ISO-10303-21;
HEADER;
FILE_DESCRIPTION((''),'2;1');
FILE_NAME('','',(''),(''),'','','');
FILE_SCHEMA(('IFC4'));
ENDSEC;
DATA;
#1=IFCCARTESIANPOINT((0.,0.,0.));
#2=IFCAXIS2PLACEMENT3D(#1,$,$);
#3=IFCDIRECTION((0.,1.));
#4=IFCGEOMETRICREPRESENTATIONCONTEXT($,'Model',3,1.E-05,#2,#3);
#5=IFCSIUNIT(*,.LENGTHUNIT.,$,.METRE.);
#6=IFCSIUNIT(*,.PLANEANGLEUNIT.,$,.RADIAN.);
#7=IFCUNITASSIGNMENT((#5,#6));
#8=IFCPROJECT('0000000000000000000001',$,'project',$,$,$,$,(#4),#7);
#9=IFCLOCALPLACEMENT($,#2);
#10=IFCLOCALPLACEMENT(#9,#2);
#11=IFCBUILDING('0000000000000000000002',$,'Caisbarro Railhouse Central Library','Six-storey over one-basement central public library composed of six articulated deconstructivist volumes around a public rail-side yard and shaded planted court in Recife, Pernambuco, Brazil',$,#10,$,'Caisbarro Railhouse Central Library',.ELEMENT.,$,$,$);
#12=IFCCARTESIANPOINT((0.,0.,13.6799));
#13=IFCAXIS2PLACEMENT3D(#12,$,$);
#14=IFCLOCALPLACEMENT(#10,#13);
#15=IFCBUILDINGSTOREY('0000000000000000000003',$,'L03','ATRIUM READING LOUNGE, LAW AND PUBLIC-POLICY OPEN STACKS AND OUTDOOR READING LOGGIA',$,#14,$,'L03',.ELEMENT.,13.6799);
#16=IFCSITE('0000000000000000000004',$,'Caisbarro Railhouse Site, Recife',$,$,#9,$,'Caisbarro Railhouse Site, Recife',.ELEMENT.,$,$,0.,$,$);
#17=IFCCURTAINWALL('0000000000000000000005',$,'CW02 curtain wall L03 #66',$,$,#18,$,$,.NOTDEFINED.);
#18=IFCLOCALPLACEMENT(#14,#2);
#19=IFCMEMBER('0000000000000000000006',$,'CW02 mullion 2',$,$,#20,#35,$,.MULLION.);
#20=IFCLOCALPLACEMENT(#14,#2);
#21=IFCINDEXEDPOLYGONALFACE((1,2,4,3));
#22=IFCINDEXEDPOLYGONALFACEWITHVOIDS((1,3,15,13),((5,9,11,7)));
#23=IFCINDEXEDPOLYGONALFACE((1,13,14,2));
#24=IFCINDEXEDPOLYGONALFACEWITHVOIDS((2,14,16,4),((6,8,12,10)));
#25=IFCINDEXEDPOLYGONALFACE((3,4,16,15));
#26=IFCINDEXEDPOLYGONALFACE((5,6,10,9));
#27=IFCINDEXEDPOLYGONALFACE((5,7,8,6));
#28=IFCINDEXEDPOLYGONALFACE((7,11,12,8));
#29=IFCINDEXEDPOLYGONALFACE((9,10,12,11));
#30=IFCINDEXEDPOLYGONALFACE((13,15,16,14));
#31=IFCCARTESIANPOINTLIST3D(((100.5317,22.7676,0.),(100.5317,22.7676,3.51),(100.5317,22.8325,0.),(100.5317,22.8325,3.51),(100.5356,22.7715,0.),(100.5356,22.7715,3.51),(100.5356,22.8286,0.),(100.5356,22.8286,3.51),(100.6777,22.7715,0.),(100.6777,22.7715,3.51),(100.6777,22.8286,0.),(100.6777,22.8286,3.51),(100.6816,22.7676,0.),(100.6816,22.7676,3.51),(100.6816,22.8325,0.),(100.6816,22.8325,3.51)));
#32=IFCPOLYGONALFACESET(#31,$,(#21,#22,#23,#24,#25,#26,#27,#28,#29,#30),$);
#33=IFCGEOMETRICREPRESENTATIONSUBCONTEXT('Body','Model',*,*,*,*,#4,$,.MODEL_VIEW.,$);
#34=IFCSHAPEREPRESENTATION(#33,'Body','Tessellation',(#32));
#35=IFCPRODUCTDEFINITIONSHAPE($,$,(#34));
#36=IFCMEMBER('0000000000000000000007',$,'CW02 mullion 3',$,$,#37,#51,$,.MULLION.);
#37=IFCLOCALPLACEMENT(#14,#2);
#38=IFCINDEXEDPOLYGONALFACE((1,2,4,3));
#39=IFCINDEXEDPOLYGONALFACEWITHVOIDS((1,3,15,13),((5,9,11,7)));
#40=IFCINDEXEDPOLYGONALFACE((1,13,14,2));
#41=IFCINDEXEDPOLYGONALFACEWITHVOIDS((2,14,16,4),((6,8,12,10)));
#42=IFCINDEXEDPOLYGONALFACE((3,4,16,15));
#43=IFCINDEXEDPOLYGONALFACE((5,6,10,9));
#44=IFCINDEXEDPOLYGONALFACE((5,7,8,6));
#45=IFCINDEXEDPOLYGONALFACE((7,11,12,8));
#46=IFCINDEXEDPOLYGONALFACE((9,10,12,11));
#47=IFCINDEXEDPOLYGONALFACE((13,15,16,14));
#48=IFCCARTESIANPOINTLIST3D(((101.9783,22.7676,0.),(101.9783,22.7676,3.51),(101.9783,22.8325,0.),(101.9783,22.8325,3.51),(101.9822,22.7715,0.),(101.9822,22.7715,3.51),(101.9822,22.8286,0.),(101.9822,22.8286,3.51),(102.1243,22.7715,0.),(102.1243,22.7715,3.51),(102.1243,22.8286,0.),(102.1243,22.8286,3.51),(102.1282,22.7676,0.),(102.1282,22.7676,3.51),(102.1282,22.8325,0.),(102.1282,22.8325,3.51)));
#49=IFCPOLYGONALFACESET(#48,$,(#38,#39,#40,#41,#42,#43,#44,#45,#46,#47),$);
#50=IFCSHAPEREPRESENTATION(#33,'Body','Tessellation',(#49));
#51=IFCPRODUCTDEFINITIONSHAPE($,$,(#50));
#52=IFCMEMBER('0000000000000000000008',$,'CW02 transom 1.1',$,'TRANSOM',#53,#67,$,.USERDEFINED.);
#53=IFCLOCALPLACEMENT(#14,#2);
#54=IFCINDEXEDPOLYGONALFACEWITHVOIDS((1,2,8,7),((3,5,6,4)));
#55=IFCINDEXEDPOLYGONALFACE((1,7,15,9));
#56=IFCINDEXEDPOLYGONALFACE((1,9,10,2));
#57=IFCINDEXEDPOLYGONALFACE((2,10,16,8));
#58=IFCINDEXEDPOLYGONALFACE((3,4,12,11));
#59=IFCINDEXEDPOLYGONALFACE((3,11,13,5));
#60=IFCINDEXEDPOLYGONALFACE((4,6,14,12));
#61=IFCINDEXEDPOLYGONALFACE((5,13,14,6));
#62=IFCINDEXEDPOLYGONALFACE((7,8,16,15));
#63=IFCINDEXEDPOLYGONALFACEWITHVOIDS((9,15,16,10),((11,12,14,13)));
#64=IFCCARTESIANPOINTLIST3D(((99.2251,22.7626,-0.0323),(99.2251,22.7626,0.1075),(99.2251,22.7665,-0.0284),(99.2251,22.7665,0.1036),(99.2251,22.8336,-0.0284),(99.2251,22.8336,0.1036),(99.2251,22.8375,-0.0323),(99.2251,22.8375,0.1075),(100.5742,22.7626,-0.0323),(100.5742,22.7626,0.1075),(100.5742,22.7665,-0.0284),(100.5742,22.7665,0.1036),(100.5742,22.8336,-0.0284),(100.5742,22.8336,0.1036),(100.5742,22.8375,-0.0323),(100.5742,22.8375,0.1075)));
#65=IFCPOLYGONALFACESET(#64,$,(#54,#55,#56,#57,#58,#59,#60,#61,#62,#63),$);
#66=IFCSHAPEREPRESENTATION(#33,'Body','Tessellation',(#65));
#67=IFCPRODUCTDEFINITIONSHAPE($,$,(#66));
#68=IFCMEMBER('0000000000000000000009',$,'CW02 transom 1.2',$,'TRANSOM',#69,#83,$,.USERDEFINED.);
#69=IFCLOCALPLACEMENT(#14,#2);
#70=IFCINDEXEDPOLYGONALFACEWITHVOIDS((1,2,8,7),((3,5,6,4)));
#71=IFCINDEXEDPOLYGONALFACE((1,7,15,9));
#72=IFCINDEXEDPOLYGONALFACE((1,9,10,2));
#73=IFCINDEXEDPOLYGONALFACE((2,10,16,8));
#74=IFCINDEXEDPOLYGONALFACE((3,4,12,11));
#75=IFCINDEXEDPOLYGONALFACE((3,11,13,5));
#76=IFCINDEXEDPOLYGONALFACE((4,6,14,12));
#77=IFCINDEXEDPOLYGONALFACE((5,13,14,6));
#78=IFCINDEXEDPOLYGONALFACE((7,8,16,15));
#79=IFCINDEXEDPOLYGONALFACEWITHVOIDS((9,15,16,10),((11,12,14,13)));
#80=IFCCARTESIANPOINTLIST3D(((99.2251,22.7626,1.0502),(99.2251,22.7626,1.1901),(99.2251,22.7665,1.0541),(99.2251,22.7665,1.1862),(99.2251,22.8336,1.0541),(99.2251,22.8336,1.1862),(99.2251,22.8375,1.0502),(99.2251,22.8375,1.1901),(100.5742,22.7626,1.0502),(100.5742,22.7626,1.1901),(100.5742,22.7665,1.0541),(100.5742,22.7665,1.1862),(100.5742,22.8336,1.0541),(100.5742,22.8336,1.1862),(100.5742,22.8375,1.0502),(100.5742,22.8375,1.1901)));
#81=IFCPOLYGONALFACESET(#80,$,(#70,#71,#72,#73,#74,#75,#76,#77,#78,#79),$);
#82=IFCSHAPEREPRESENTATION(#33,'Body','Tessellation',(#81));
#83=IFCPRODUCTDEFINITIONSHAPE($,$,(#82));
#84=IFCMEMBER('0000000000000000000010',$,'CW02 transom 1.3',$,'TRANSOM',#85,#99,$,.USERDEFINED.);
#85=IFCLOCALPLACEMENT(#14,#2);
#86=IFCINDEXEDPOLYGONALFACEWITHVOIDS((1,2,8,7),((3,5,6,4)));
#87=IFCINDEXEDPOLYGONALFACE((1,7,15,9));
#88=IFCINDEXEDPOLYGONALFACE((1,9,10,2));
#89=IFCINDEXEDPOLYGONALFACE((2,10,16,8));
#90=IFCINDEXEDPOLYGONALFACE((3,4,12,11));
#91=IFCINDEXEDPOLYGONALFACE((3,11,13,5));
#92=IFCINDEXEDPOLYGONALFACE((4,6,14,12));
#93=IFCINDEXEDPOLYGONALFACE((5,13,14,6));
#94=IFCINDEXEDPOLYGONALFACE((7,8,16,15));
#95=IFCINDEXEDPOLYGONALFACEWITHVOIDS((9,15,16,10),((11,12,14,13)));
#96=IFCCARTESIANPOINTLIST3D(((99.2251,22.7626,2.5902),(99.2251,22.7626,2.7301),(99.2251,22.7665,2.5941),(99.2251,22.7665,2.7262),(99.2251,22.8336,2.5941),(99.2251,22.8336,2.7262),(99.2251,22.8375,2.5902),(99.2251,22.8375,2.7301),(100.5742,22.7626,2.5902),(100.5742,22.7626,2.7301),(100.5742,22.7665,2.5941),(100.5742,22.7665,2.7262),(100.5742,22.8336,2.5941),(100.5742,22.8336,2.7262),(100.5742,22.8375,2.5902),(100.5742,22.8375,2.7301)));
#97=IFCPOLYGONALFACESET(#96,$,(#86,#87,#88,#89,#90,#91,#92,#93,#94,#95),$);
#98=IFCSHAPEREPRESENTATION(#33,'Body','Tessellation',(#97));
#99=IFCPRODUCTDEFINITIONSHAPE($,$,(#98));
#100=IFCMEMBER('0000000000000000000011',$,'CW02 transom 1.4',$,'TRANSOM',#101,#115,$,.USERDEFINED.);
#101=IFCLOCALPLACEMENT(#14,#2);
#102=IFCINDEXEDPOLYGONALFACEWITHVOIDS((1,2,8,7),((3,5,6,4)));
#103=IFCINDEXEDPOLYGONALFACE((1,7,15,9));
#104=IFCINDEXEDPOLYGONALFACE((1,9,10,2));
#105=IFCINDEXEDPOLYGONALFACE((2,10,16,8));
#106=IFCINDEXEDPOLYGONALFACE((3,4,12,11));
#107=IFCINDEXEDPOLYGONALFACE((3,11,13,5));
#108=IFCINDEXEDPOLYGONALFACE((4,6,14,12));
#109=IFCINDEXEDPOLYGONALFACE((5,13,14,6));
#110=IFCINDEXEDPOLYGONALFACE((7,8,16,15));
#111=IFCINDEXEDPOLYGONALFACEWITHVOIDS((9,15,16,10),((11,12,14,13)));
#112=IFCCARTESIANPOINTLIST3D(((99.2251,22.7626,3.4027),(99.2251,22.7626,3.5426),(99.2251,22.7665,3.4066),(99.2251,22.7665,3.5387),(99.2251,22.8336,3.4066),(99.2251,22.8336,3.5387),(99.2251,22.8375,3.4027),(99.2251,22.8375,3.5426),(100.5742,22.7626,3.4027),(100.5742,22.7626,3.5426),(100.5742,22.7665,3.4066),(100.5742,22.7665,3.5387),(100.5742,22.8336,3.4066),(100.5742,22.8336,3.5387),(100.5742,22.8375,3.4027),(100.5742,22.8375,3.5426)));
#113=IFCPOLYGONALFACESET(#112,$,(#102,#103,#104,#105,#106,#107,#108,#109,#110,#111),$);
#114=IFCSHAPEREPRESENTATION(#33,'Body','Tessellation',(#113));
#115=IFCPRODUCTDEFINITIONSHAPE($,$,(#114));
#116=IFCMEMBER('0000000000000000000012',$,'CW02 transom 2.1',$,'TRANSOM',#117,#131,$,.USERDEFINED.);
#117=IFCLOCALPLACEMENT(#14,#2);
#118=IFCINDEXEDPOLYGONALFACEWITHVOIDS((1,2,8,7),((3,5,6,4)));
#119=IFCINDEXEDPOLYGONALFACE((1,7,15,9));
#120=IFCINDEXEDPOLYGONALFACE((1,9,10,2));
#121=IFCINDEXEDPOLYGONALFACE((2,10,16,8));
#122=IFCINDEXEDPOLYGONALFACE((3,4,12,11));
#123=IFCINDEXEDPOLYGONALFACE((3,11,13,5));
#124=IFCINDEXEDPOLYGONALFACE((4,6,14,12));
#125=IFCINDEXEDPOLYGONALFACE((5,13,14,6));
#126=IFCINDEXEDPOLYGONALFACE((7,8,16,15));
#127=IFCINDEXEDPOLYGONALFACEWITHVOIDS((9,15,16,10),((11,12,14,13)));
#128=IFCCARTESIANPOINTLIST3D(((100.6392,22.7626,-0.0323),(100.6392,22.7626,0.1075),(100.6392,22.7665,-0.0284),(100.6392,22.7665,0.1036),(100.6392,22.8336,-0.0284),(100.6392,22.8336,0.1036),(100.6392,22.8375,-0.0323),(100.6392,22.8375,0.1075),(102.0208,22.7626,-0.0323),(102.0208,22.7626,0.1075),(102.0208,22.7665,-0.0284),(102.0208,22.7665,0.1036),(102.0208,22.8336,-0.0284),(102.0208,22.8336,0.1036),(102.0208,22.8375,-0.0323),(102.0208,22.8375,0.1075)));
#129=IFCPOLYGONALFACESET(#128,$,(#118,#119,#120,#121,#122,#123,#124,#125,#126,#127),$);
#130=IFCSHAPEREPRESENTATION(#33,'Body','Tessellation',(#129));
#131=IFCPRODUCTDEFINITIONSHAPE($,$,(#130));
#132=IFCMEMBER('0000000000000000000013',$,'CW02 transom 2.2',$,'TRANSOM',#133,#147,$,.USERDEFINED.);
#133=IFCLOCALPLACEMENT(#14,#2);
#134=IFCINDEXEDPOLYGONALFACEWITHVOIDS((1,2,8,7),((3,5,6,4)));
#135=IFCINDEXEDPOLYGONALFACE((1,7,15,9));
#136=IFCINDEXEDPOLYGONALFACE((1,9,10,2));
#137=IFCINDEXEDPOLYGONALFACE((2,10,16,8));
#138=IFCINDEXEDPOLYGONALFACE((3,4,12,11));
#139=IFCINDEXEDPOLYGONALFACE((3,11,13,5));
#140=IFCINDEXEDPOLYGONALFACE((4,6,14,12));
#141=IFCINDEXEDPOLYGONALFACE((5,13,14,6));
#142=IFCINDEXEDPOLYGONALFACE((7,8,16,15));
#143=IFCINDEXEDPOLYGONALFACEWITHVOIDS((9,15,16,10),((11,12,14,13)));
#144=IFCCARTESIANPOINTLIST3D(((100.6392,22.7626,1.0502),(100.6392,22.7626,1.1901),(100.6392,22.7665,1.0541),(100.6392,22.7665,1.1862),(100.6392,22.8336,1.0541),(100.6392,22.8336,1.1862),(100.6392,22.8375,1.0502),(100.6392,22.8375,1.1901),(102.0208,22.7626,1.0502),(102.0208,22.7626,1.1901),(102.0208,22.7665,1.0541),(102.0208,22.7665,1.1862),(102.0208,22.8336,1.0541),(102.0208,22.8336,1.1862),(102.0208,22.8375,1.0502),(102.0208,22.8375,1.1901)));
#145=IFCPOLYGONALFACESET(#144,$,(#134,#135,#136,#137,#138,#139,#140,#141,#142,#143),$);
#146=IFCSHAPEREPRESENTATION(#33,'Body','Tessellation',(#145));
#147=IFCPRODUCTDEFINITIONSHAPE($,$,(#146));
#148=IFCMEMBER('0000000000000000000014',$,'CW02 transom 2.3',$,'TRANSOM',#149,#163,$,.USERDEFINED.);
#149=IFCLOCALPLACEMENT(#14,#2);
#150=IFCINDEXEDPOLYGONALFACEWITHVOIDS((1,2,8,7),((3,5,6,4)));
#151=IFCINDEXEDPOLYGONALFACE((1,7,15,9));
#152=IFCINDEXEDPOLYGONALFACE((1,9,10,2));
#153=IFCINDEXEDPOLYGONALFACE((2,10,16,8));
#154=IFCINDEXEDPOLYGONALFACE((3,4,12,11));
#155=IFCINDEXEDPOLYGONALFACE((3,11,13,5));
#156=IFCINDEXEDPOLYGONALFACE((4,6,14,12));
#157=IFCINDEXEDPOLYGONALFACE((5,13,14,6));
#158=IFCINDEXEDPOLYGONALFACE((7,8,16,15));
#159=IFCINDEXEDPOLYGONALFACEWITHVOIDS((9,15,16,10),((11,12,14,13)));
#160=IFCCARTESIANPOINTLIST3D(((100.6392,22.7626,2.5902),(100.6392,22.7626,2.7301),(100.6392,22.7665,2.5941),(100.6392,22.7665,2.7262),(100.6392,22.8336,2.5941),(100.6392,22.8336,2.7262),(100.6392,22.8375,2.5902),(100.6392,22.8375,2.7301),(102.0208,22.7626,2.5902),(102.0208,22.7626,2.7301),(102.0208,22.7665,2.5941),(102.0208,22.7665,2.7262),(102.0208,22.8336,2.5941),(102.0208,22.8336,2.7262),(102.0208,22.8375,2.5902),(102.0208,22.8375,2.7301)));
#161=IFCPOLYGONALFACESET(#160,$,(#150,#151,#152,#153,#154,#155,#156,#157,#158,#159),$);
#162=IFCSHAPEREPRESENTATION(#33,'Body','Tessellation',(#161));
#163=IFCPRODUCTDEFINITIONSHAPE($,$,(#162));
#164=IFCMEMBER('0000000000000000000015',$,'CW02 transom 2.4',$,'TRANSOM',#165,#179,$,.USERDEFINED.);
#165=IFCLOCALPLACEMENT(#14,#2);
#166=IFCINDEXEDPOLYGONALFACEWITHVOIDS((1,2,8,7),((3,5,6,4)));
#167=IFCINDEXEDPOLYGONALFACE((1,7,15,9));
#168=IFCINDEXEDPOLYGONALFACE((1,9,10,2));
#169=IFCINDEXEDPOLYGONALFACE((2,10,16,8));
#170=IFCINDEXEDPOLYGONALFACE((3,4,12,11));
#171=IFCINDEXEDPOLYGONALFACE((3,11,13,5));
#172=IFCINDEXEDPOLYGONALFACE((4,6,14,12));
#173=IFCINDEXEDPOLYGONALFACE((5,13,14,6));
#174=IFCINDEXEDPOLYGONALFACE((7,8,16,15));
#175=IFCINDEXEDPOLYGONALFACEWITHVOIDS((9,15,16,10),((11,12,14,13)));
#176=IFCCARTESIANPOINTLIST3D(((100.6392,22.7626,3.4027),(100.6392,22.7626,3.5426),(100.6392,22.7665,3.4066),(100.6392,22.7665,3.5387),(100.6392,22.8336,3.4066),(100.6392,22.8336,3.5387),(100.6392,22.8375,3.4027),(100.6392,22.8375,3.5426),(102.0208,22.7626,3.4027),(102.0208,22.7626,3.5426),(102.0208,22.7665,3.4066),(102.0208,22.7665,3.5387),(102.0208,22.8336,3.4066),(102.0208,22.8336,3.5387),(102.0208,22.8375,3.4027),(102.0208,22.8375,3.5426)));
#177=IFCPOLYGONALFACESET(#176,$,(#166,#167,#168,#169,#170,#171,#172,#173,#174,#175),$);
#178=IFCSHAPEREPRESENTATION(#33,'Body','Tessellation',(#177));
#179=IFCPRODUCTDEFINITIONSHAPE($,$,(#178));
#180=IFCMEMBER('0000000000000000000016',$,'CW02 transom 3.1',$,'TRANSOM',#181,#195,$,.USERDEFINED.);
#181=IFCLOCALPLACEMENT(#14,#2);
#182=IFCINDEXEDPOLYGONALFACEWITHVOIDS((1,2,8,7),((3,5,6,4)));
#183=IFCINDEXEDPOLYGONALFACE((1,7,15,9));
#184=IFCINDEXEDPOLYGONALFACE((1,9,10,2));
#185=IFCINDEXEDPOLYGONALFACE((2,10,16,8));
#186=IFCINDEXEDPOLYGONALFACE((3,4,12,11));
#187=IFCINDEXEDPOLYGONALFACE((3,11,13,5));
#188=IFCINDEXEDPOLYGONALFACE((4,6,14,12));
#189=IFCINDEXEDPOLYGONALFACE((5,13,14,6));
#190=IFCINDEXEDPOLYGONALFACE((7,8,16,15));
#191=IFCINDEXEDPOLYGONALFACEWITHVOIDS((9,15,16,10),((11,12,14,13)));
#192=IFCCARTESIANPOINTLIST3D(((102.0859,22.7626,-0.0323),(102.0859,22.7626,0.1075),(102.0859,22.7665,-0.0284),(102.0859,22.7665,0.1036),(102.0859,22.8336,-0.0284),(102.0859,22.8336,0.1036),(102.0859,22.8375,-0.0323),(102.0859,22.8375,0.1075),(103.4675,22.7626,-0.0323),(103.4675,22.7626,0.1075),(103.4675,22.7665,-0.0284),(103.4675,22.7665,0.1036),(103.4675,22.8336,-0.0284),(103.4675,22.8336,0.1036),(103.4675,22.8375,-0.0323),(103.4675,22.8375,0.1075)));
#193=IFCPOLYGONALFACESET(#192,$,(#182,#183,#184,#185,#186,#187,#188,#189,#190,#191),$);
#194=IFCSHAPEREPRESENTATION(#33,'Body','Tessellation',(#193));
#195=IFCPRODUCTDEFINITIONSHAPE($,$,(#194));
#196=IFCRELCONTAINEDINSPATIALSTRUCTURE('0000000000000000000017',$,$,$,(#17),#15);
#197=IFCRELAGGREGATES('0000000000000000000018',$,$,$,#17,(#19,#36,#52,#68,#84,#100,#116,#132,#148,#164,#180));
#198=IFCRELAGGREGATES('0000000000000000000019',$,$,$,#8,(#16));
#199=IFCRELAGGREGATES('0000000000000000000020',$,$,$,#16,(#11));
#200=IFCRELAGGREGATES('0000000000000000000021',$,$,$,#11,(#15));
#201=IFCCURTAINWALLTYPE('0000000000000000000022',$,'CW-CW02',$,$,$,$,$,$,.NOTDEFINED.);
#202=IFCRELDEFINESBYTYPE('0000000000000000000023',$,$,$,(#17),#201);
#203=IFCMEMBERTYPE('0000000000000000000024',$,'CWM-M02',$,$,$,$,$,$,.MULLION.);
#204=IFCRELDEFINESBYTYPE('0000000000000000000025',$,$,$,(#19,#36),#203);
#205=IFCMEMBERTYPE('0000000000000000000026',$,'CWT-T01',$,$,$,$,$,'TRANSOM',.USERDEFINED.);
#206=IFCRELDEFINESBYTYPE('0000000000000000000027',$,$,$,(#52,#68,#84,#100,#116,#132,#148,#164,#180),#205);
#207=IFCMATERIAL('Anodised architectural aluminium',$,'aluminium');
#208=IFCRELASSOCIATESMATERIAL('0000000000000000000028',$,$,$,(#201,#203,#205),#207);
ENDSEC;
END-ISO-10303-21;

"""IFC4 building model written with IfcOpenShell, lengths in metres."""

from ifc_helpers import new_model, si_unit, direction, frame, origin, origin_2d, place, context, subcontext, project, spatial, hollow_rectangle, extrude, material, material_profile, profile_set, type_object, element, aggregate, save


model = new_model("IFC4")

# Units and contexts
model_context = context("Model", 3, precision=1e-05, world=origin(), true_north=direction((0.0, 1.0)))
body_context = subcontext(model_context, "Body", "Model", "MODEL_VIEW")
ifc_project = project(units=[si_unit("LENGTHUNIT", "METRE"), si_unit("PLANEANGLEUNIT", "RADIAN")], contexts=[model_context])

# Site, building, storey
site_placement = place(None, origin())
site = spatial("IfcSite", under=ifc_project, at=site_placement, Name="Caisbarro Railhouse Site, Recife", LongName="Caisbarro Railhouse Site, Recife", CompositionType="ELEMENT", RefElevation=0.0)
building_placement = place(site_placement, origin())
building = spatial("IfcBuilding", under=site, at=building_placement, Name="Caisbarro Railhouse Central Library", Description="Six-storey over one-basement central public library composed of six articulated deconstructivist volumes around a public rail-side yard and shaded planted court in Recife, Pernambuco, Brazil", LongName="Caisbarro Railhouse Central Library", CompositionType="ELEMENT")
storey_placement = place(building_placement, frame((0.0, 0.0, 13.6799)))
storey = spatial("IfcBuildingStorey", under=building, at=storey_placement, Name="L03", Description="ATRIUM READING LOUNGE, LAW AND PUBLIC-POLICY OPEN STACKS AND OUTDOOR READING LOGGIA", LongName="L03", CompositionType="ELEMENT", Elevation=13.6799)

# Shared definitions
ifc_material_1 = material(Name="Anodised architectural aluminium", Category="aluminium")
curtain_wall_type = type_object("IfcCurtainWallType", Name="CW-CW02", PredefinedType="NOTDEFINED", material=ifc_material_1)

# Curtain wall, members
curtain_wall_1_placement = place(storey_placement, origin())
curtain_wall_1 = element("IfcCurtainWall", 1, at=curtain_wall_1_placement, inside=storey, type_object=curtain_wall_type, Name="CW02 curtain wall L03 #66", PredefinedType="NOTDEFINED")
ifc_material_profile_1 = material_profile(ifc_material_1, hollow_rectangle(XDim=0.0649, YDim=0.1499, WallThickness=0.0039, at=origin_2d()), Name="ALU-MUL-65X150")
ifc_profile_set_1 = profile_set([ifc_material_profile_1], Name="Anodised architectural aluminium")
member_type_1 = type_object("IfcMemberType", Name="CWM-M02", PredefinedType="MULLION", material=ifc_profile_set_1)
member_1_placement = place(storey_placement, frame((100.6067, 22.8, 0.0), z_axis=(0.0, 0.0, 1.0), x_axis=(0.0, 1.0, 0.0)))
member_1 = element("IfcMember", 2, at=member_1_placement, type_object=member_type_1, Name="CW02 mullion 2", PredefinedType="MULLION", context=body_context, shape_type="SweptSolid", body=[
    extrude(hollow_rectangle(XDim=0.0649, YDim=0.1499, WallThickness=0.0039, at=origin_2d()), origin(), (0.0, 0.0, 1.0), 3.51),
])
member_2_placement = place(storey_placement, frame((102.0532, 22.8, 0.0), z_axis=(0.0, 0.0, 1.0), x_axis=(0.0, 1.0, 0.0)))
member_2 = element("IfcMember", 3, at=member_2_placement, type_object=member_type_1, Name="CW02 mullion 3", PredefinedType="MULLION", context=body_context, shape_type="SweptSolid", body=[
    extrude(hollow_rectangle(XDim=0.0649, YDim=0.1499, WallThickness=0.0039, at=origin_2d()), origin(), (0.0, 0.0, 1.0), 3.51),
])
ifc_material_profile_2 = material_profile(ifc_material_1, hollow_rectangle(XDim=0.075, YDim=0.1399, WallThickness=0.0039, at=origin_2d()), Name="ALU-TRN-75X140")
ifc_profile_set_2 = profile_set([ifc_material_profile_2], Name="Anodised architectural aluminium")
member_type_2 = type_object("IfcMemberType", Name="CWT-T01", ElementType="TRANSOM", PredefinedType="USERDEFINED", material=ifc_profile_set_2)
member_3_placement = place(storey_placement, frame((99.2251, 22.8, 0.0376), z_axis=(1.0, 0.0, 0.0), x_axis=(0.0, 1.0, 0.0)))
member_3 = element("IfcMember", 4, at=member_3_placement, type_object=member_type_2, Name="CW02 transom 1.1", ObjectType="TRANSOM", PredefinedType="USERDEFINED", context=body_context, shape_type="SweptSolid", body=[
    extrude(hollow_rectangle(XDim=0.075, YDim=0.1399, WallThickness=0.0039, at=origin_2d()), origin(), (0.0, 0.0, 1.0), 1.3491),
])
member_4_placement = place(storey_placement, frame((99.2251, 22.8, 1.1201), z_axis=(1.0, 0.0, 0.0), x_axis=(0.0, 1.0, 0.0)))
member_4 = element("IfcMember", 5, at=member_4_placement, type_object=member_type_2, Name="CW02 transom 1.2", ObjectType="TRANSOM", PredefinedType="USERDEFINED", context=body_context, shape_type="SweptSolid", body=[
    extrude(hollow_rectangle(XDim=0.075, YDim=0.1399, WallThickness=0.0039, at=origin_2d()), origin(), (0.0, 0.0, 1.0), 1.3491),
])
member_5_placement = place(storey_placement, frame((99.2251, 22.8, 2.6602), z_axis=(1.0, 0.0, 0.0), x_axis=(0.0, 1.0, 0.0)))
member_5 = element("IfcMember", 6, at=member_5_placement, type_object=member_type_2, Name="CW02 transom 1.3", ObjectType="TRANSOM", PredefinedType="USERDEFINED", context=body_context, shape_type="SweptSolid", body=[
    extrude(hollow_rectangle(XDim=0.075, YDim=0.1399, WallThickness=0.0039, at=origin_2d()), origin(), (0.0, 0.0, 1.0), 1.3491),
])
member_6_placement = place(storey_placement, frame((99.2251, 22.8, 3.4727), z_axis=(1.0, 0.0, 0.0), x_axis=(0.0, 1.0, 0.0)))
member_6 = element("IfcMember", 7, at=member_6_placement, type_object=member_type_2, Name="CW02 transom 1.4", ObjectType="TRANSOM", PredefinedType="USERDEFINED", context=body_context, shape_type="SweptSolid", body=[
    extrude(hollow_rectangle(XDim=0.075, YDim=0.1399, WallThickness=0.0039, at=origin_2d()), origin(), (0.0, 0.0, 1.0), 1.3491),
])
member_7_placement = place(storey_placement, frame((100.6392, 22.8, 0.0376), z_axis=(1.0, 0.0, 0.0), x_axis=(0.0, 1.0, 0.0)))
member_7 = element("IfcMember", 8, at=member_7_placement, type_object=member_type_2, Name="CW02 transom 2.1", ObjectType="TRANSOM", PredefinedType="USERDEFINED", context=body_context, shape_type="SweptSolid", body=[
    extrude(hollow_rectangle(XDim=0.075, YDim=0.1399, WallThickness=0.0039, at=origin_2d()), origin(), (0.0, 0.0, 1.0), 1.3816),
])
member_8_placement = place(storey_placement, frame((100.6392, 22.8, 1.1201), z_axis=(1.0, 0.0, 0.0), x_axis=(0.0, 1.0, 0.0)))
member_8 = element("IfcMember", 9, at=member_8_placement, type_object=member_type_2, Name="CW02 transom 2.2", ObjectType="TRANSOM", PredefinedType="USERDEFINED", context=body_context, shape_type="SweptSolid", body=[
    extrude(hollow_rectangle(XDim=0.075, YDim=0.1399, WallThickness=0.0039, at=origin_2d()), origin(), (0.0, 0.0, 1.0), 1.3816),
])
member_9_placement = place(storey_placement, frame((100.6392, 22.8, 2.6602), z_axis=(1.0, 0.0, 0.0), x_axis=(0.0, 1.0, 0.0)))
member_9 = element("IfcMember", 10, at=member_9_placement, type_object=member_type_2, Name="CW02 transom 2.3", ObjectType="TRANSOM", PredefinedType="USERDEFINED", context=body_context, shape_type="SweptSolid", body=[
    extrude(hollow_rectangle(XDim=0.075, YDim=0.1399, WallThickness=0.0039, at=origin_2d()), origin(), (0.0, 0.0, 1.0), 1.3816),
])
member_10_placement = place(storey_placement, frame((100.6392, 22.8, 3.4727), z_axis=(1.0, 0.0, 0.0), x_axis=(0.0, 1.0, 0.0)))
member_10 = element("IfcMember", 11, at=member_10_placement, type_object=member_type_2, Name="CW02 transom 2.4", ObjectType="TRANSOM", PredefinedType="USERDEFINED", context=body_context, shape_type="SweptSolid", body=[
    extrude(hollow_rectangle(XDim=0.075, YDim=0.1399, WallThickness=0.0039, at=origin_2d()), origin(), (0.0, 0.0, 1.0), 1.3816),
])
member_11_placement = place(storey_placement, frame((102.0859, 22.8, 0.0376), z_axis=(1.0, 0.0, 0.0), x_axis=(0.0, 1.0, 0.0)))
member_11 = element("IfcMember", 12, at=member_11_placement, type_object=member_type_2, Name="CW02 transom 3.1", ObjectType="TRANSOM", PredefinedType="USERDEFINED", context=body_context, shape_type="SweptSolid", body=[
    extrude(hollow_rectangle(XDim=0.075, YDim=0.1399, WallThickness=0.0039, at=origin_2d()), origin(), (0.0, 0.0, 1.0), 1.3816),
])
aggregate(curtain_wall_1, [member_1, member_2, member_3, member_4, member_5, member_6, member_7, member_8, member_9, member_10, member_11])

save(model, "model.ifc")
